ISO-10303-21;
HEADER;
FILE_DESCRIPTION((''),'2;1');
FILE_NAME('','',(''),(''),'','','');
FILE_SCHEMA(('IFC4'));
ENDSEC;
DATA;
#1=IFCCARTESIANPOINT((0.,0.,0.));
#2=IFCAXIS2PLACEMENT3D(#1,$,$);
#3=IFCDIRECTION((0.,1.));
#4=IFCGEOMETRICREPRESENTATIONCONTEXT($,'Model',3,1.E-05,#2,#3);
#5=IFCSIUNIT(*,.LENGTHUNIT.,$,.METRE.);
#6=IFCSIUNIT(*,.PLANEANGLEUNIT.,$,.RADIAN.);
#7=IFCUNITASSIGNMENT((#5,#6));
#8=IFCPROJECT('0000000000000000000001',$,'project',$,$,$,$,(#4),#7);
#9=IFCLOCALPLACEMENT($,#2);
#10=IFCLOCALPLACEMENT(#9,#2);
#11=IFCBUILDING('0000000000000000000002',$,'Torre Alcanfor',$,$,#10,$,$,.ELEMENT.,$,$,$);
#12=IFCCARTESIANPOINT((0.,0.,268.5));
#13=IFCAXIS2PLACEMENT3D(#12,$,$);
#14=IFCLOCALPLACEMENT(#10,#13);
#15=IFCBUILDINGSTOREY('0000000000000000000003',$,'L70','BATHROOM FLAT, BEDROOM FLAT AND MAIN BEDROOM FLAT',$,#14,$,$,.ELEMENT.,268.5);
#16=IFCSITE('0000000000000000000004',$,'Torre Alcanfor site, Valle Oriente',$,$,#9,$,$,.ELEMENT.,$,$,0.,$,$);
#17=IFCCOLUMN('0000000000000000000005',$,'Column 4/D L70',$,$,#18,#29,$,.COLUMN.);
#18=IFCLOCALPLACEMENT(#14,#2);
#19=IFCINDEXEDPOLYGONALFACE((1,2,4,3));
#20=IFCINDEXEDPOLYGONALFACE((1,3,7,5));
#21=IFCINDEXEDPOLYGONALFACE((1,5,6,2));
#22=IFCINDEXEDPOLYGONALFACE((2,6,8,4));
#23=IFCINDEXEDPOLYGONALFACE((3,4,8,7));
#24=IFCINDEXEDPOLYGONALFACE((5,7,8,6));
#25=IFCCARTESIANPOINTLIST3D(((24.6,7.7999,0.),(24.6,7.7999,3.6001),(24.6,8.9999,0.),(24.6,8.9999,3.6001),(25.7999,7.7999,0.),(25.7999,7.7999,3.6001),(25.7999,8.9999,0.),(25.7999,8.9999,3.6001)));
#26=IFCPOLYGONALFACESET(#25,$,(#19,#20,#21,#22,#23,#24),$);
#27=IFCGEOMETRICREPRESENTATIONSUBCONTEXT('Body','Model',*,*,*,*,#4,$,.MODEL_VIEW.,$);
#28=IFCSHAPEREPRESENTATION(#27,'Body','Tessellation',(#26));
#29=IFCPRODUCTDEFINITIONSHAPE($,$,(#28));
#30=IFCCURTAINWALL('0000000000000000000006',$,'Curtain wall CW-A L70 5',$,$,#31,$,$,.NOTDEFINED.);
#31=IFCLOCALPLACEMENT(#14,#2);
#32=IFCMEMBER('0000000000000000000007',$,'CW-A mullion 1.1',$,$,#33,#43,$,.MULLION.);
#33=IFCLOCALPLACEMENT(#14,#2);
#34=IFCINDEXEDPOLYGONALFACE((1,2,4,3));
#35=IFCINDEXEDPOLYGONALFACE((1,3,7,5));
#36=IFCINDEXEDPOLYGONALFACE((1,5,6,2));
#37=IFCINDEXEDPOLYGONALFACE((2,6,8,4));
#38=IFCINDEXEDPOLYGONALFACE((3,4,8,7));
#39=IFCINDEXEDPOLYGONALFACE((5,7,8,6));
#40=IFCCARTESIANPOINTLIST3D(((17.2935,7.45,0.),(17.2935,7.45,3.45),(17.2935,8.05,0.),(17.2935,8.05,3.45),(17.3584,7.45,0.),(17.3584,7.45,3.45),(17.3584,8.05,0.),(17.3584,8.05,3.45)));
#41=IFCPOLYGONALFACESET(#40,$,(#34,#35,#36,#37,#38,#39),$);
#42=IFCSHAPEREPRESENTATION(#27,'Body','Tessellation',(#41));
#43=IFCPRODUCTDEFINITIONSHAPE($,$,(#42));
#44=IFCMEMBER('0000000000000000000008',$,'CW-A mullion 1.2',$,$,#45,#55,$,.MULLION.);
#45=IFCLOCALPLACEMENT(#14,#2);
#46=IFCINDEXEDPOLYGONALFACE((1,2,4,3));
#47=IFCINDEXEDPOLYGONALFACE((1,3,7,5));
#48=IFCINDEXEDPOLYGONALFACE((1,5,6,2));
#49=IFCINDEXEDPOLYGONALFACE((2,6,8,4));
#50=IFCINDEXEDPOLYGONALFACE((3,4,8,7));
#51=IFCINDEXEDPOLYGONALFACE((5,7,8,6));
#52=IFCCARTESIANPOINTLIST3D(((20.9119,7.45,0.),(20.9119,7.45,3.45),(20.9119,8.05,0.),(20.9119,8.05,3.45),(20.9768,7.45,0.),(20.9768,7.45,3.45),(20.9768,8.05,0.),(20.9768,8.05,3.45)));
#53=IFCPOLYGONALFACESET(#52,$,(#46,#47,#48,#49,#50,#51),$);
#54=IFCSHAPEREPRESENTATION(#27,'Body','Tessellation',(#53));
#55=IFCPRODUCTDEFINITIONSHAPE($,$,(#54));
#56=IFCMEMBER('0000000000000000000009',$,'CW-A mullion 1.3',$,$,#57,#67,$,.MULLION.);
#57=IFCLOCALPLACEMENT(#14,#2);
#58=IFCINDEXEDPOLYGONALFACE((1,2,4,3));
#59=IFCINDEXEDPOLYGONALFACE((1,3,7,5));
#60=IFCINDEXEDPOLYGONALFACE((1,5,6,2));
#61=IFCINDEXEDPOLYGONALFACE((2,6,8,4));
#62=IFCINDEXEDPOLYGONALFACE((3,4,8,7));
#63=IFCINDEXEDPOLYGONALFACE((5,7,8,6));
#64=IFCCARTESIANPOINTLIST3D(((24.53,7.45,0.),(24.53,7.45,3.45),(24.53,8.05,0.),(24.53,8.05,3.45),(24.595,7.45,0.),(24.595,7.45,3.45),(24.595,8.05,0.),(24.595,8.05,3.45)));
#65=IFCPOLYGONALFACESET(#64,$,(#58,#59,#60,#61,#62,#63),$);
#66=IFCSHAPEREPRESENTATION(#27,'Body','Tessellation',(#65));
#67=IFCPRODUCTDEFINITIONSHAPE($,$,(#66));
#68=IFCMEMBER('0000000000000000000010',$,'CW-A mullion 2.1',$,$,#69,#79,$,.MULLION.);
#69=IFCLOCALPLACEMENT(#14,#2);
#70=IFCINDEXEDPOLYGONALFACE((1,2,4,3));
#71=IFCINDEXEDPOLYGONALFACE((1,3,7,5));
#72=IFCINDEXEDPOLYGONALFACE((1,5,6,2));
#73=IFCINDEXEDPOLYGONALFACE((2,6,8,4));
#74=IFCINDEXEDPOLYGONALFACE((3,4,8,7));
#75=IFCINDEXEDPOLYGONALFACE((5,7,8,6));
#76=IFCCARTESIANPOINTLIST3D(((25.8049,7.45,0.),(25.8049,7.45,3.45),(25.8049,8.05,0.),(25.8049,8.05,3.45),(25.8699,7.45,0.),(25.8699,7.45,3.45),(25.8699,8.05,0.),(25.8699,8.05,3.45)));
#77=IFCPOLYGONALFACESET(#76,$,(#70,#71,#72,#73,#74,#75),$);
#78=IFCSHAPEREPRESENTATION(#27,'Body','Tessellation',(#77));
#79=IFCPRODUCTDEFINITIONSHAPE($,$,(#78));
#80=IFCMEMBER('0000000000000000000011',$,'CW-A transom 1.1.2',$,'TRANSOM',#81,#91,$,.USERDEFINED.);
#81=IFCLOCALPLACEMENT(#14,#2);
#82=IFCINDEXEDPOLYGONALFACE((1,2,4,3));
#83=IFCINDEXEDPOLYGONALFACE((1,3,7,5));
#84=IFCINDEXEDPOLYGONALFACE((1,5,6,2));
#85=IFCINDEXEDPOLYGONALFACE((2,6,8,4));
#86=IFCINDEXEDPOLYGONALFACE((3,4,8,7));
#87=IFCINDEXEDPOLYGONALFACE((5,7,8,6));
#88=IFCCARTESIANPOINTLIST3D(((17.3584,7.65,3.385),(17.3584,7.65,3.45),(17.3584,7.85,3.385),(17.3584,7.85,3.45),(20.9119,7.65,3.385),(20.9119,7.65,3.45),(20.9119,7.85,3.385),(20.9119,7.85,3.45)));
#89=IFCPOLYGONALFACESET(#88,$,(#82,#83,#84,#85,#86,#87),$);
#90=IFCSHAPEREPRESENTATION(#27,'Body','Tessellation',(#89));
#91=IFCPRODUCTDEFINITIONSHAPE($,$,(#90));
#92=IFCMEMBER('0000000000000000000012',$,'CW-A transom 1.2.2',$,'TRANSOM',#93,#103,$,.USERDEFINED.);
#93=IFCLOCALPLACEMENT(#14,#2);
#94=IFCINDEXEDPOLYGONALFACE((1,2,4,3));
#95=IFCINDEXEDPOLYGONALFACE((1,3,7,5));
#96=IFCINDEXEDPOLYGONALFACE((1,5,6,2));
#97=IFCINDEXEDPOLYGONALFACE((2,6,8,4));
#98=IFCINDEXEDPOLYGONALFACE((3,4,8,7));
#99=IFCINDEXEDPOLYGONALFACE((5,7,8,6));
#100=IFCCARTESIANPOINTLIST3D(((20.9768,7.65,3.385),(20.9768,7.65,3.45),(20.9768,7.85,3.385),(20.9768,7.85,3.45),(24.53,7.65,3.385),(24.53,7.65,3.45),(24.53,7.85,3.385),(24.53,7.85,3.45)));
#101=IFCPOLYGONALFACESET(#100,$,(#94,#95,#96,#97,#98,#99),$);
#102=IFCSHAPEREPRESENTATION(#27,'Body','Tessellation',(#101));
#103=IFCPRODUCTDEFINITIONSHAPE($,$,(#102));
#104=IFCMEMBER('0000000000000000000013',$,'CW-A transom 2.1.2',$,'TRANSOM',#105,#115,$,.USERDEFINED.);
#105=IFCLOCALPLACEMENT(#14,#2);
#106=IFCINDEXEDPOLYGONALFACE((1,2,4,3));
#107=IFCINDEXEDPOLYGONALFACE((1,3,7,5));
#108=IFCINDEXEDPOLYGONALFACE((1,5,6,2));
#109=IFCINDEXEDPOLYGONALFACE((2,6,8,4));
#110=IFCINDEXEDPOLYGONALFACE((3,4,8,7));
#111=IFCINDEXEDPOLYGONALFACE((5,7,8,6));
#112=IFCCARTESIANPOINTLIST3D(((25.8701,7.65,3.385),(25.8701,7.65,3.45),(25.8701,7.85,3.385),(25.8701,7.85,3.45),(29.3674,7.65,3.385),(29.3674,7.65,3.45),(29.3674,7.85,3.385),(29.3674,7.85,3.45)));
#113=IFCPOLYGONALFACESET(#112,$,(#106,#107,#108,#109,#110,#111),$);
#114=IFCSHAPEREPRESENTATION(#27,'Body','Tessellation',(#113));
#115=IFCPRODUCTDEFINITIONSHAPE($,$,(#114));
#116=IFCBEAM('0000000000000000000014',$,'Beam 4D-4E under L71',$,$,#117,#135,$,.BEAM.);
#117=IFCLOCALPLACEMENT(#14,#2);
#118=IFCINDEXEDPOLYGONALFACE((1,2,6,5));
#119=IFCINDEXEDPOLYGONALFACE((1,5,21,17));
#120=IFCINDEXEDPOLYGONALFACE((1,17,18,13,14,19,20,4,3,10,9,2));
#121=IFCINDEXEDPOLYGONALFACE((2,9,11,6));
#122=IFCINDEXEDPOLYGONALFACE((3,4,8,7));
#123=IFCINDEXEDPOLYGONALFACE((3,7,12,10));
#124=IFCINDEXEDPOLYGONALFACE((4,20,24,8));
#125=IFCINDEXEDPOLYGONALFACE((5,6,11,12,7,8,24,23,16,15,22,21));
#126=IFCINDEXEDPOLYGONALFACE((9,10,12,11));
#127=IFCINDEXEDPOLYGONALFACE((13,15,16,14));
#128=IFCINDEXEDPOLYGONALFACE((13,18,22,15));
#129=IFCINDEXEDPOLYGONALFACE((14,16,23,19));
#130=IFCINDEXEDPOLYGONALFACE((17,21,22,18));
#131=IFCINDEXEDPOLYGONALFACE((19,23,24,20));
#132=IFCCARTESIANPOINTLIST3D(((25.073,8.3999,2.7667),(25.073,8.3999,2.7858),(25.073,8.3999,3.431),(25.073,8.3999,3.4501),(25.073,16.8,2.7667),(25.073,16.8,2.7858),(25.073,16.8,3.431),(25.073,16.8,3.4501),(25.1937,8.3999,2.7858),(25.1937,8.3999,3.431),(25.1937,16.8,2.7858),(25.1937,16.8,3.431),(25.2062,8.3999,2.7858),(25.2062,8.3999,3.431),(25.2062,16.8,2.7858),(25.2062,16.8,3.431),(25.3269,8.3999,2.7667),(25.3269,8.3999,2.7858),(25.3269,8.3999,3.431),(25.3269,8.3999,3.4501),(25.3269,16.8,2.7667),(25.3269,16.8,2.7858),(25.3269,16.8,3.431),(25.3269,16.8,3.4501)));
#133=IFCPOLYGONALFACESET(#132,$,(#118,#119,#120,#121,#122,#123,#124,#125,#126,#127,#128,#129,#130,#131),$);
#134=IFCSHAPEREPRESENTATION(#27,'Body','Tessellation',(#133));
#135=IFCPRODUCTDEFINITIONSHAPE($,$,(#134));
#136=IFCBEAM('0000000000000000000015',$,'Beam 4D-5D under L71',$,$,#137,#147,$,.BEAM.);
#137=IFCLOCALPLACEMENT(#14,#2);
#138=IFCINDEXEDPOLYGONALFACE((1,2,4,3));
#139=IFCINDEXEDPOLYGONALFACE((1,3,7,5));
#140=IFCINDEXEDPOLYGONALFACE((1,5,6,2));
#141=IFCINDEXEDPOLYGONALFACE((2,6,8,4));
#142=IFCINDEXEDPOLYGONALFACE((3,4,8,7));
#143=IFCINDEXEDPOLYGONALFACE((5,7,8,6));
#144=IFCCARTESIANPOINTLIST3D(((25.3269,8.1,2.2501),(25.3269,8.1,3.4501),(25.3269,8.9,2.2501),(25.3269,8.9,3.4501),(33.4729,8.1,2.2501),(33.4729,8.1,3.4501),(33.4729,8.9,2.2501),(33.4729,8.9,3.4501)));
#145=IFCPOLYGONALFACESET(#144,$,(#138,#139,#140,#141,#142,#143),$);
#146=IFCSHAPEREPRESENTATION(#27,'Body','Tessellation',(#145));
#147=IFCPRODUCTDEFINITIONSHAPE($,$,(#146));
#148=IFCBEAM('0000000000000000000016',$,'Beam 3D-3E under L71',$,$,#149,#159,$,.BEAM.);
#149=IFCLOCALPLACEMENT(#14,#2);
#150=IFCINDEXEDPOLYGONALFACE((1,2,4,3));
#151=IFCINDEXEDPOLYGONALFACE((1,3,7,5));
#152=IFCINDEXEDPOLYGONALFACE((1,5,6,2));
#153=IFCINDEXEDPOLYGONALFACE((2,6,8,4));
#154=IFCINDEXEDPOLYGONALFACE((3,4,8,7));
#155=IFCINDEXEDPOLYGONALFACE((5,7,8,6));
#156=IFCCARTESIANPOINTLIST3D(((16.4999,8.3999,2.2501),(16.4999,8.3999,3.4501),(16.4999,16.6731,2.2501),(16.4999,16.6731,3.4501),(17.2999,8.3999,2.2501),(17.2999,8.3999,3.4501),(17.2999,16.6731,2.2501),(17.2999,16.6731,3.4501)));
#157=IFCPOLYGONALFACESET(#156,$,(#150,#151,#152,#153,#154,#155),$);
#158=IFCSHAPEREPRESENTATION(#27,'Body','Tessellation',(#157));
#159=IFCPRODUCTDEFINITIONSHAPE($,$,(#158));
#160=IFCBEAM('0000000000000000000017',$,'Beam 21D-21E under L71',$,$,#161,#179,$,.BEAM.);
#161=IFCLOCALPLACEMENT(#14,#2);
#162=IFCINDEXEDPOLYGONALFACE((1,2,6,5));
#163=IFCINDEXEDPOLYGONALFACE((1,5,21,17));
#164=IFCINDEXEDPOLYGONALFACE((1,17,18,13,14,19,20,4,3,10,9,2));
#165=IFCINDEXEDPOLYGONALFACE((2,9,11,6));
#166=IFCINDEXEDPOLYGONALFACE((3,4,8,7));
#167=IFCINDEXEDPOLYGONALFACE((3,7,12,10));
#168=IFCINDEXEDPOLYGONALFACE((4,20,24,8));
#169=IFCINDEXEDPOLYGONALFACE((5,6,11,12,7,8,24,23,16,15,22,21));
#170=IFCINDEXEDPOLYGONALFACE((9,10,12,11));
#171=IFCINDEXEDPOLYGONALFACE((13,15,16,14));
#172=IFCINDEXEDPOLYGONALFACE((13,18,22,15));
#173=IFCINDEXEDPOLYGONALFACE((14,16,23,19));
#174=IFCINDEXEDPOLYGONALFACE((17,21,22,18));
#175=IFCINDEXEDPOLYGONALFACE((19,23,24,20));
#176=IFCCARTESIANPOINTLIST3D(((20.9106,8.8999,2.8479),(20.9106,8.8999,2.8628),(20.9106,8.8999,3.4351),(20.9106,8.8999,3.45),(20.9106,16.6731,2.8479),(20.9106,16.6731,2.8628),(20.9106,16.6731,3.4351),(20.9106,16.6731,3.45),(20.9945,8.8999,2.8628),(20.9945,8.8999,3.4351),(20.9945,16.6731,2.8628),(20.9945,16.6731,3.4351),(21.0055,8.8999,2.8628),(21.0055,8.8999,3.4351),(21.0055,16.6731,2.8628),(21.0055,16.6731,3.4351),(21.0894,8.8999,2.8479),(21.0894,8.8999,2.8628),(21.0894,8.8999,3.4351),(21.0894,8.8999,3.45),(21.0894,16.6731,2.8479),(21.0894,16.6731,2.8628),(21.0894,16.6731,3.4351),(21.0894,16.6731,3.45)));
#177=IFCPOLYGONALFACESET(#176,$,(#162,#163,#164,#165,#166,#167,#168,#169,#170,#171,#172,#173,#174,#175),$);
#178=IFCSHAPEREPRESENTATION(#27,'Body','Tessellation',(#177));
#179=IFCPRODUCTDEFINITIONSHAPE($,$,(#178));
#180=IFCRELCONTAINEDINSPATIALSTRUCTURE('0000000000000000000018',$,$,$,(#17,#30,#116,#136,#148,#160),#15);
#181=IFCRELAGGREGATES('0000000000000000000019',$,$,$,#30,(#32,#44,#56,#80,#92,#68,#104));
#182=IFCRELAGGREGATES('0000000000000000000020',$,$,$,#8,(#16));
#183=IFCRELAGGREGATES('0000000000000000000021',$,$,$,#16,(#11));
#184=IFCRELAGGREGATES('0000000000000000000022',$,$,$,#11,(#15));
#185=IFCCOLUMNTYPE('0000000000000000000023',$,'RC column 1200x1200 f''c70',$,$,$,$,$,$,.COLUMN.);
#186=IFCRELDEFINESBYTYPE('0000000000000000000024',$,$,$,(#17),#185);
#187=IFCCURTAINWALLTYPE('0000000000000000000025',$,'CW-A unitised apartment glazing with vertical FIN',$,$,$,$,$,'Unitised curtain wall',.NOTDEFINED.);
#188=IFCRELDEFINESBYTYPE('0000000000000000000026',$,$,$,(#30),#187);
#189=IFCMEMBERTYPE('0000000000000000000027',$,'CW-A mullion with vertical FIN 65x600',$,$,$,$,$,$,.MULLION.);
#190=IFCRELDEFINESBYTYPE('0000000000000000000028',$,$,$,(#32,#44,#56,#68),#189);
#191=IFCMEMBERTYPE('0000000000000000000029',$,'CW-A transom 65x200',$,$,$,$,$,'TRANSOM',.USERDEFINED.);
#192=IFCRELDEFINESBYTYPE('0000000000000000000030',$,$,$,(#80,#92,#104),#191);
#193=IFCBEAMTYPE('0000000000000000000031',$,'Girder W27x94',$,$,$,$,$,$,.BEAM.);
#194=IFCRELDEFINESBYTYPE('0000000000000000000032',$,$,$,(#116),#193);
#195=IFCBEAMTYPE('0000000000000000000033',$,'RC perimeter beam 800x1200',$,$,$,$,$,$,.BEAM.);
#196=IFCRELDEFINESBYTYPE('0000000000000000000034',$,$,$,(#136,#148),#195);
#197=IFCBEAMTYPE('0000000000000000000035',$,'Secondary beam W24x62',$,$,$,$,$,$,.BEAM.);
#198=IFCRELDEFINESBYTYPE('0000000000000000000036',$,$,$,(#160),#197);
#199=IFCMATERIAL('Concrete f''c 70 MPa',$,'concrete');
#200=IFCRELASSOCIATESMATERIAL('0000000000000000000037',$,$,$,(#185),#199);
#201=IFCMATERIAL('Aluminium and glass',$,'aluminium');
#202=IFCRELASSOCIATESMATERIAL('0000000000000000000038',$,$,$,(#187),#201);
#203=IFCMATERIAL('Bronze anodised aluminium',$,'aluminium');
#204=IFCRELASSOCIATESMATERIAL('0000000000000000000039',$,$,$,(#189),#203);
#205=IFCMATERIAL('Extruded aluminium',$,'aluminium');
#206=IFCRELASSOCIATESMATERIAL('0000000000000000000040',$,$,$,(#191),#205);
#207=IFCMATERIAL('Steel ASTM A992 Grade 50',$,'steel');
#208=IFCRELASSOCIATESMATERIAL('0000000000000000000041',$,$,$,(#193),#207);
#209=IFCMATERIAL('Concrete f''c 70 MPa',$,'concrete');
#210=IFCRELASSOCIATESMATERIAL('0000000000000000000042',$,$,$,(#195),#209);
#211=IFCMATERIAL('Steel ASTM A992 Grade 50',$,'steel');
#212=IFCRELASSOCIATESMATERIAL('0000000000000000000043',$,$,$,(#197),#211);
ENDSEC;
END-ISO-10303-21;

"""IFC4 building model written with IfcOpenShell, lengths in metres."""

from ifc_helpers import new_model, si_unit, direction, frame, origin, origin_2d, place, context, subcontext, project, spatial, rectangle, i_section, extrude, material, material_profile, profile_set, type_object, element, aggregate, save


model = new_model("IFC4")

# Units and contexts
model_context = context("Model", 3, precision=1e-05, world=origin(), true_north=direction((0.0, 1.0)))
body_context = subcontext(model_context, "Body", "Model", "MODEL_VIEW")
ifc_project = project(units=[si_unit("LENGTHUNIT", "METRE"), si_unit("PLANEANGLEUNIT", "RADIAN")], contexts=[model_context])

# Site, building, storey
site_placement = place(None, origin())
site = spatial("IfcSite", under=ifc_project, at=site_placement, Name="Torre Alcanfor site, Valle Oriente", CompositionType="ELEMENT", RefElevation=0.0)
building_placement = place(site_placement, origin())
building = spatial("IfcBuilding", under=site, at=building_placement, Name="Torre Alcanfor", CompositionType="ELEMENT")
storey_placement = place(building_placement, frame((0.0, 0.0, 268.5)))
storey = spatial("IfcBuildingStorey", under=building, at=storey_placement, Name="L70", Description="BATHROOM FLAT, BEDROOM FLAT AND MAIN BEDROOM FLAT", CompositionType="ELEMENT", Elevation=268.5)

# Column
ifc_material_1 = material(Name="Concrete f'c 70 MPa", Category="concrete")
ifc_material_profile_1 = material_profile(ifc_material_1, rectangle(XDim=1.2, YDim=1.2, at=origin_2d()), Name="1200x1200")
ifc_profile_set_1 = profile_set([ifc_material_profile_1], Name="Concrete f'c 70 MPa")
column_type = type_object("IfcColumnType", Name="RC column 1200x1200 f'c70", PredefinedType="COLUMN", material=ifc_profile_set_1)
column_placement = place(storey_placement, frame((25.2, 8.3999, 0.0), z_axis=(0.0, 0.0, 1.0), x_axis=(1.0, 0.0, 0.0)))
element("IfcColumn", 1, at=column_placement, inside=storey, type_object=column_type, Name="Column 4/D L70", PredefinedType="COLUMN", context=body_context, shape_type="SweptSolid", body=[
    extrude(rectangle(XDim=1.2, YDim=1.2, at=origin_2d()), origin(), (0.0, 0.0, 1.0), 3.6001),
])

# Curtain wall, members
ifc_material_2 = material(Name="Aluminium and glass", Category="aluminium")
curtain_wall_type = type_object("IfcCurtainWallType", Name="CW-A unitised apartment glazing with vertical FIN", ElementType="Unitised curtain wall", PredefinedType="NOTDEFINED", material=ifc_material_2)
curtain_wall_placement = place(storey_placement, origin())
curtain_wall = element("IfcCurtainWall", 2, at=curtain_wall_placement, inside=storey, type_object=curtain_wall_type, Name="Curtain wall CW-A L70 5", PredefinedType="NOTDEFINED")
ifc_material_3 = material(Name="Bronze anodised aluminium", Category="aluminium")
ifc_material_profile_2 = material_profile(ifc_material_3, rectangle(XDim=0.6001, YDim=0.0649, at=origin_2d()), Name="CW-A mullion 65x600")
ifc_profile_set_2 = profile_set([ifc_material_profile_2], Name="Bronze anodised aluminium")
member_type_1 = type_object("IfcMemberType", Name="CW-A mullion with vertical FIN 65x600", PredefinedType="MULLION", material=ifc_profile_set_2)
member_1_placement = place(storey_placement, frame((17.3259, 7.75, 0.0), z_axis=(0.0, 0.0, 1.0), x_axis=(0.0, 1.0, 0.0)))
member_1 = element("IfcMember", 3, at=member_1_placement, type_object=member_type_1, Name="CW-A mullion 1.1", PredefinedType="MULLION", context=body_context, shape_type="SweptSolid", body=[
    extrude(rectangle(XDim=0.6001, YDim=0.0649, at=origin_2d()), origin(), (0.0, 0.0, 1.0), 3.45),
])
member_2_placement = place(storey_placement, frame((20.9443, 7.75, 0.0), z_axis=(0.0, 0.0, 1.0), x_axis=(0.0, 1.0, 0.0)))
member_2 = element("IfcMember", 4, at=member_2_placement, type_object=member_type_1, Name="CW-A mullion 1.2", PredefinedType="MULLION", context=body_context, shape_type="SweptSolid", body=[
    extrude(rectangle(XDim=0.6001, YDim=0.0649, at=origin_2d()), origin(), (0.0, 0.0, 1.0), 3.45),
])
member_3_placement = place(storey_placement, frame((24.5625, 7.75, 0.0), z_axis=(0.0, 0.0, 1.0), x_axis=(0.0, 1.0, 0.0)))
member_3 = element("IfcMember", 5, at=member_3_placement, type_object=member_type_1, Name="CW-A mullion 1.3", PredefinedType="MULLION", context=body_context, shape_type="SweptSolid", body=[
    extrude(rectangle(XDim=0.6001, YDim=0.0649, at=origin_2d()), origin(), (0.0, 0.0, 1.0), 3.45),
])
member_4_placement = place(storey_placement, frame((25.8374, 7.75, 0.0), z_axis=(0.0, 0.0, 1.0), x_axis=(0.0, 1.0, 0.0)))
member_4 = element("IfcMember", 6, at=member_4_placement, type_object=member_type_1, Name="CW-A mullion 2.1", PredefinedType="MULLION", context=body_context, shape_type="SweptSolid", body=[
    extrude(rectangle(XDim=0.6001, YDim=0.0649, at=origin_2d()), origin(), (0.0, 0.0, 1.0), 3.45),
])
ifc_material_4 = material(Name="Extruded aluminium", Category="aluminium")
ifc_material_profile_3 = material_profile(ifc_material_4, rectangle(XDim=0.2, YDim=0.0649, at=origin_2d()), Name="CW-A transom 200x65")
ifc_profile_set_3 = profile_set([ifc_material_profile_3], Name="Extruded aluminium")
member_type_2 = type_object("IfcMemberType", Name="CW-A transom 65x200", ElementType="TRANSOM", PredefinedType="USERDEFINED", material=ifc_profile_set_3)
member_5_placement = place(storey_placement, frame((17.3584, 7.75, 3.4175), z_axis=(1.0, 0.0, 0.0), x_axis=(0.0, 1.0, 0.0)))
member_5 = element("IfcMember", 7, at=member_5_placement, type_object=member_type_2, Name="CW-A transom 1.1.2", ObjectType="TRANSOM", PredefinedType="USERDEFINED", context=body_context, shape_type="SweptSolid", body=[
    extrude(rectangle(XDim=0.2, YDim=0.0649, at=origin_2d()), origin(), (0.0, 0.0, 1.0), 3.5535),
])
member_6_placement = place(storey_placement, frame((20.9768, 7.75, 3.4175), z_axis=(1.0, 0.0, 0.0), x_axis=(0.0, 1.0, 0.0)))
member_6 = element("IfcMember", 8, at=member_6_placement, type_object=member_type_2, Name="CW-A transom 1.2.2", ObjectType="TRANSOM", PredefinedType="USERDEFINED", context=body_context, shape_type="SweptSolid", body=[
    extrude(rectangle(XDim=0.2, YDim=0.0649, at=origin_2d()), origin(), (0.0, 0.0, 1.0), 3.5532),
])
member_7_placement = place(storey_placement, frame((25.8701, 7.75, 3.4175), z_axis=(1.0, 0.0, 0.0), x_axis=(0.0, 1.0, 0.0)))
member_7 = element("IfcMember", 9, at=member_7_placement, type_object=member_type_2, Name="CW-A transom 2.1.2", ObjectType="TRANSOM", PredefinedType="USERDEFINED", context=body_context, shape_type="SweptSolid", body=[
    extrude(rectangle(XDim=0.2, YDim=0.0649, at=origin_2d()), origin(), (0.0, 0.0, 1.0), 3.4973),
])

# Beams
ifc_material_5 = material(Name="Steel ASTM A992 Grade 50", Category="steel")
ifc_material_profile_4 = material_profile(ifc_material_5, i_section(OverallWidth=0.2539, OverallDepth=0.6833, WebThickness=0.0125, FlangeThickness=0.019, at=origin_2d()), Name="W27x94")
ifc_profile_set_4 = profile_set([ifc_material_profile_4], Name="Steel ASTM A992 Grade 50")
beam_type_1 = type_object("IfcBeamType", Name="Girder W27x94", PredefinedType="BEAM", material=ifc_profile_set_4)
beam_1_placement = place(storey_placement, frame((25.2, 8.3999, 3.1084), z_axis=(0.0, 1.0, 0.0), x_axis=(-1.0, 0.0, 0.0)))
element("IfcBeam", 10, at=beam_1_placement, inside=storey, type_object=beam_type_1, Name="Beam 4D-4E under L71", PredefinedType="BEAM", context=body_context, shape_type="SweptSolid", body=[
    extrude(i_section(OverallWidth=0.2539, OverallDepth=0.6833, WebThickness=0.0125, FlangeThickness=0.019, at=origin_2d()), origin(), (0.0, 0.0, 1.0), 8.4001),
])
ifc_material_6 = material(Name="Concrete f'c 70 MPa", Category="concrete")
ifc_material_profile_5 = material_profile(ifc_material_6, rectangle(XDim=0.8, YDim=1.2, at=origin_2d()), Name="800x1200")
ifc_profile_set_5 = profile_set([ifc_material_profile_5], Name="Concrete f'c 70 MPa")
beam_type_2 = type_object("IfcBeamType", Name="RC perimeter beam 800x1200", PredefinedType="BEAM", material=ifc_profile_set_5)
beam_2_placement = place(storey_placement, frame((25.3269, 8.5, 2.8501), z_axis=(1.0, 0.0, 0.0), x_axis=(0.0, 1.0, 0.0)))
element("IfcBeam", 11, at=beam_2_placement, inside=storey, type_object=beam_type_2, Name="Beam 4D-5D under L71", PredefinedType="BEAM", context=body_context, shape_type="SweptSolid", body=[
    extrude(rectangle(XDim=0.8, YDim=1.2, at=origin_2d()), origin(), (0.0, 0.0, 1.0), 8.146),
])
beam_3_placement = place(storey_placement, frame((16.8999, 8.3999, 2.8501), z_axis=(0.0, 1.0, 0.0), x_axis=(-1.0, 0.0, 0.0)))
element("IfcBeam", 12, at=beam_3_placement, inside=storey, type_object=beam_type_2, Name="Beam 3D-3E under L71", PredefinedType="BEAM", context=body_context, shape_type="SweptSolid", body=[
    extrude(rectangle(XDim=0.8, YDim=1.2, at=origin_2d()), origin(), (0.0, 0.0, 1.0), 8.2732),
])
ifc_material_7 = material(Name="Steel ASTM A992 Grade 50", Category="steel")
ifc_material_profile_6 = material_profile(ifc_material_7, i_section(OverallWidth=0.1787, OverallDepth=0.6021, WebThickness=0.011, FlangeThickness=0.0149, at=origin_2d()), Name="W24x62")
ifc_profile_set_6 = profile_set([ifc_material_profile_6], Name="Steel ASTM A992 Grade 50")
beam_type_3 = type_object("IfcBeamType", Name="Secondary beam W24x62", PredefinedType="BEAM", material=ifc_profile_set_6)
for number, where, z_axis, x_axis, name in (
    (13, (21.0, 8.8999, 3.1489), (0.0, 1.0, 0.0), (-1.0, 0.0, 0.0), "Beam 21D-21E under L71"),
):
    element("IfcBeam", number, at=place(storey_placement, frame(where, z_axis=z_axis, x_axis=x_axis)), inside=storey, type_object=beam_type_3, Name=name, PredefinedType="BEAM", context=body_context, shape_type="SweptSolid", body=[
        extrude(i_section(OverallWidth=0.1787, OverallDepth=0.6021, WebThickness=0.011, FlangeThickness=0.0149, at=origin_2d()), origin(), (0.0, 0.0, 1.0), 7.7732),
    ])

aggregate(curtain_wall, [member_1, member_2, member_3, member_5, member_6, member_4, member_7])

save(model, "model.ifc")
